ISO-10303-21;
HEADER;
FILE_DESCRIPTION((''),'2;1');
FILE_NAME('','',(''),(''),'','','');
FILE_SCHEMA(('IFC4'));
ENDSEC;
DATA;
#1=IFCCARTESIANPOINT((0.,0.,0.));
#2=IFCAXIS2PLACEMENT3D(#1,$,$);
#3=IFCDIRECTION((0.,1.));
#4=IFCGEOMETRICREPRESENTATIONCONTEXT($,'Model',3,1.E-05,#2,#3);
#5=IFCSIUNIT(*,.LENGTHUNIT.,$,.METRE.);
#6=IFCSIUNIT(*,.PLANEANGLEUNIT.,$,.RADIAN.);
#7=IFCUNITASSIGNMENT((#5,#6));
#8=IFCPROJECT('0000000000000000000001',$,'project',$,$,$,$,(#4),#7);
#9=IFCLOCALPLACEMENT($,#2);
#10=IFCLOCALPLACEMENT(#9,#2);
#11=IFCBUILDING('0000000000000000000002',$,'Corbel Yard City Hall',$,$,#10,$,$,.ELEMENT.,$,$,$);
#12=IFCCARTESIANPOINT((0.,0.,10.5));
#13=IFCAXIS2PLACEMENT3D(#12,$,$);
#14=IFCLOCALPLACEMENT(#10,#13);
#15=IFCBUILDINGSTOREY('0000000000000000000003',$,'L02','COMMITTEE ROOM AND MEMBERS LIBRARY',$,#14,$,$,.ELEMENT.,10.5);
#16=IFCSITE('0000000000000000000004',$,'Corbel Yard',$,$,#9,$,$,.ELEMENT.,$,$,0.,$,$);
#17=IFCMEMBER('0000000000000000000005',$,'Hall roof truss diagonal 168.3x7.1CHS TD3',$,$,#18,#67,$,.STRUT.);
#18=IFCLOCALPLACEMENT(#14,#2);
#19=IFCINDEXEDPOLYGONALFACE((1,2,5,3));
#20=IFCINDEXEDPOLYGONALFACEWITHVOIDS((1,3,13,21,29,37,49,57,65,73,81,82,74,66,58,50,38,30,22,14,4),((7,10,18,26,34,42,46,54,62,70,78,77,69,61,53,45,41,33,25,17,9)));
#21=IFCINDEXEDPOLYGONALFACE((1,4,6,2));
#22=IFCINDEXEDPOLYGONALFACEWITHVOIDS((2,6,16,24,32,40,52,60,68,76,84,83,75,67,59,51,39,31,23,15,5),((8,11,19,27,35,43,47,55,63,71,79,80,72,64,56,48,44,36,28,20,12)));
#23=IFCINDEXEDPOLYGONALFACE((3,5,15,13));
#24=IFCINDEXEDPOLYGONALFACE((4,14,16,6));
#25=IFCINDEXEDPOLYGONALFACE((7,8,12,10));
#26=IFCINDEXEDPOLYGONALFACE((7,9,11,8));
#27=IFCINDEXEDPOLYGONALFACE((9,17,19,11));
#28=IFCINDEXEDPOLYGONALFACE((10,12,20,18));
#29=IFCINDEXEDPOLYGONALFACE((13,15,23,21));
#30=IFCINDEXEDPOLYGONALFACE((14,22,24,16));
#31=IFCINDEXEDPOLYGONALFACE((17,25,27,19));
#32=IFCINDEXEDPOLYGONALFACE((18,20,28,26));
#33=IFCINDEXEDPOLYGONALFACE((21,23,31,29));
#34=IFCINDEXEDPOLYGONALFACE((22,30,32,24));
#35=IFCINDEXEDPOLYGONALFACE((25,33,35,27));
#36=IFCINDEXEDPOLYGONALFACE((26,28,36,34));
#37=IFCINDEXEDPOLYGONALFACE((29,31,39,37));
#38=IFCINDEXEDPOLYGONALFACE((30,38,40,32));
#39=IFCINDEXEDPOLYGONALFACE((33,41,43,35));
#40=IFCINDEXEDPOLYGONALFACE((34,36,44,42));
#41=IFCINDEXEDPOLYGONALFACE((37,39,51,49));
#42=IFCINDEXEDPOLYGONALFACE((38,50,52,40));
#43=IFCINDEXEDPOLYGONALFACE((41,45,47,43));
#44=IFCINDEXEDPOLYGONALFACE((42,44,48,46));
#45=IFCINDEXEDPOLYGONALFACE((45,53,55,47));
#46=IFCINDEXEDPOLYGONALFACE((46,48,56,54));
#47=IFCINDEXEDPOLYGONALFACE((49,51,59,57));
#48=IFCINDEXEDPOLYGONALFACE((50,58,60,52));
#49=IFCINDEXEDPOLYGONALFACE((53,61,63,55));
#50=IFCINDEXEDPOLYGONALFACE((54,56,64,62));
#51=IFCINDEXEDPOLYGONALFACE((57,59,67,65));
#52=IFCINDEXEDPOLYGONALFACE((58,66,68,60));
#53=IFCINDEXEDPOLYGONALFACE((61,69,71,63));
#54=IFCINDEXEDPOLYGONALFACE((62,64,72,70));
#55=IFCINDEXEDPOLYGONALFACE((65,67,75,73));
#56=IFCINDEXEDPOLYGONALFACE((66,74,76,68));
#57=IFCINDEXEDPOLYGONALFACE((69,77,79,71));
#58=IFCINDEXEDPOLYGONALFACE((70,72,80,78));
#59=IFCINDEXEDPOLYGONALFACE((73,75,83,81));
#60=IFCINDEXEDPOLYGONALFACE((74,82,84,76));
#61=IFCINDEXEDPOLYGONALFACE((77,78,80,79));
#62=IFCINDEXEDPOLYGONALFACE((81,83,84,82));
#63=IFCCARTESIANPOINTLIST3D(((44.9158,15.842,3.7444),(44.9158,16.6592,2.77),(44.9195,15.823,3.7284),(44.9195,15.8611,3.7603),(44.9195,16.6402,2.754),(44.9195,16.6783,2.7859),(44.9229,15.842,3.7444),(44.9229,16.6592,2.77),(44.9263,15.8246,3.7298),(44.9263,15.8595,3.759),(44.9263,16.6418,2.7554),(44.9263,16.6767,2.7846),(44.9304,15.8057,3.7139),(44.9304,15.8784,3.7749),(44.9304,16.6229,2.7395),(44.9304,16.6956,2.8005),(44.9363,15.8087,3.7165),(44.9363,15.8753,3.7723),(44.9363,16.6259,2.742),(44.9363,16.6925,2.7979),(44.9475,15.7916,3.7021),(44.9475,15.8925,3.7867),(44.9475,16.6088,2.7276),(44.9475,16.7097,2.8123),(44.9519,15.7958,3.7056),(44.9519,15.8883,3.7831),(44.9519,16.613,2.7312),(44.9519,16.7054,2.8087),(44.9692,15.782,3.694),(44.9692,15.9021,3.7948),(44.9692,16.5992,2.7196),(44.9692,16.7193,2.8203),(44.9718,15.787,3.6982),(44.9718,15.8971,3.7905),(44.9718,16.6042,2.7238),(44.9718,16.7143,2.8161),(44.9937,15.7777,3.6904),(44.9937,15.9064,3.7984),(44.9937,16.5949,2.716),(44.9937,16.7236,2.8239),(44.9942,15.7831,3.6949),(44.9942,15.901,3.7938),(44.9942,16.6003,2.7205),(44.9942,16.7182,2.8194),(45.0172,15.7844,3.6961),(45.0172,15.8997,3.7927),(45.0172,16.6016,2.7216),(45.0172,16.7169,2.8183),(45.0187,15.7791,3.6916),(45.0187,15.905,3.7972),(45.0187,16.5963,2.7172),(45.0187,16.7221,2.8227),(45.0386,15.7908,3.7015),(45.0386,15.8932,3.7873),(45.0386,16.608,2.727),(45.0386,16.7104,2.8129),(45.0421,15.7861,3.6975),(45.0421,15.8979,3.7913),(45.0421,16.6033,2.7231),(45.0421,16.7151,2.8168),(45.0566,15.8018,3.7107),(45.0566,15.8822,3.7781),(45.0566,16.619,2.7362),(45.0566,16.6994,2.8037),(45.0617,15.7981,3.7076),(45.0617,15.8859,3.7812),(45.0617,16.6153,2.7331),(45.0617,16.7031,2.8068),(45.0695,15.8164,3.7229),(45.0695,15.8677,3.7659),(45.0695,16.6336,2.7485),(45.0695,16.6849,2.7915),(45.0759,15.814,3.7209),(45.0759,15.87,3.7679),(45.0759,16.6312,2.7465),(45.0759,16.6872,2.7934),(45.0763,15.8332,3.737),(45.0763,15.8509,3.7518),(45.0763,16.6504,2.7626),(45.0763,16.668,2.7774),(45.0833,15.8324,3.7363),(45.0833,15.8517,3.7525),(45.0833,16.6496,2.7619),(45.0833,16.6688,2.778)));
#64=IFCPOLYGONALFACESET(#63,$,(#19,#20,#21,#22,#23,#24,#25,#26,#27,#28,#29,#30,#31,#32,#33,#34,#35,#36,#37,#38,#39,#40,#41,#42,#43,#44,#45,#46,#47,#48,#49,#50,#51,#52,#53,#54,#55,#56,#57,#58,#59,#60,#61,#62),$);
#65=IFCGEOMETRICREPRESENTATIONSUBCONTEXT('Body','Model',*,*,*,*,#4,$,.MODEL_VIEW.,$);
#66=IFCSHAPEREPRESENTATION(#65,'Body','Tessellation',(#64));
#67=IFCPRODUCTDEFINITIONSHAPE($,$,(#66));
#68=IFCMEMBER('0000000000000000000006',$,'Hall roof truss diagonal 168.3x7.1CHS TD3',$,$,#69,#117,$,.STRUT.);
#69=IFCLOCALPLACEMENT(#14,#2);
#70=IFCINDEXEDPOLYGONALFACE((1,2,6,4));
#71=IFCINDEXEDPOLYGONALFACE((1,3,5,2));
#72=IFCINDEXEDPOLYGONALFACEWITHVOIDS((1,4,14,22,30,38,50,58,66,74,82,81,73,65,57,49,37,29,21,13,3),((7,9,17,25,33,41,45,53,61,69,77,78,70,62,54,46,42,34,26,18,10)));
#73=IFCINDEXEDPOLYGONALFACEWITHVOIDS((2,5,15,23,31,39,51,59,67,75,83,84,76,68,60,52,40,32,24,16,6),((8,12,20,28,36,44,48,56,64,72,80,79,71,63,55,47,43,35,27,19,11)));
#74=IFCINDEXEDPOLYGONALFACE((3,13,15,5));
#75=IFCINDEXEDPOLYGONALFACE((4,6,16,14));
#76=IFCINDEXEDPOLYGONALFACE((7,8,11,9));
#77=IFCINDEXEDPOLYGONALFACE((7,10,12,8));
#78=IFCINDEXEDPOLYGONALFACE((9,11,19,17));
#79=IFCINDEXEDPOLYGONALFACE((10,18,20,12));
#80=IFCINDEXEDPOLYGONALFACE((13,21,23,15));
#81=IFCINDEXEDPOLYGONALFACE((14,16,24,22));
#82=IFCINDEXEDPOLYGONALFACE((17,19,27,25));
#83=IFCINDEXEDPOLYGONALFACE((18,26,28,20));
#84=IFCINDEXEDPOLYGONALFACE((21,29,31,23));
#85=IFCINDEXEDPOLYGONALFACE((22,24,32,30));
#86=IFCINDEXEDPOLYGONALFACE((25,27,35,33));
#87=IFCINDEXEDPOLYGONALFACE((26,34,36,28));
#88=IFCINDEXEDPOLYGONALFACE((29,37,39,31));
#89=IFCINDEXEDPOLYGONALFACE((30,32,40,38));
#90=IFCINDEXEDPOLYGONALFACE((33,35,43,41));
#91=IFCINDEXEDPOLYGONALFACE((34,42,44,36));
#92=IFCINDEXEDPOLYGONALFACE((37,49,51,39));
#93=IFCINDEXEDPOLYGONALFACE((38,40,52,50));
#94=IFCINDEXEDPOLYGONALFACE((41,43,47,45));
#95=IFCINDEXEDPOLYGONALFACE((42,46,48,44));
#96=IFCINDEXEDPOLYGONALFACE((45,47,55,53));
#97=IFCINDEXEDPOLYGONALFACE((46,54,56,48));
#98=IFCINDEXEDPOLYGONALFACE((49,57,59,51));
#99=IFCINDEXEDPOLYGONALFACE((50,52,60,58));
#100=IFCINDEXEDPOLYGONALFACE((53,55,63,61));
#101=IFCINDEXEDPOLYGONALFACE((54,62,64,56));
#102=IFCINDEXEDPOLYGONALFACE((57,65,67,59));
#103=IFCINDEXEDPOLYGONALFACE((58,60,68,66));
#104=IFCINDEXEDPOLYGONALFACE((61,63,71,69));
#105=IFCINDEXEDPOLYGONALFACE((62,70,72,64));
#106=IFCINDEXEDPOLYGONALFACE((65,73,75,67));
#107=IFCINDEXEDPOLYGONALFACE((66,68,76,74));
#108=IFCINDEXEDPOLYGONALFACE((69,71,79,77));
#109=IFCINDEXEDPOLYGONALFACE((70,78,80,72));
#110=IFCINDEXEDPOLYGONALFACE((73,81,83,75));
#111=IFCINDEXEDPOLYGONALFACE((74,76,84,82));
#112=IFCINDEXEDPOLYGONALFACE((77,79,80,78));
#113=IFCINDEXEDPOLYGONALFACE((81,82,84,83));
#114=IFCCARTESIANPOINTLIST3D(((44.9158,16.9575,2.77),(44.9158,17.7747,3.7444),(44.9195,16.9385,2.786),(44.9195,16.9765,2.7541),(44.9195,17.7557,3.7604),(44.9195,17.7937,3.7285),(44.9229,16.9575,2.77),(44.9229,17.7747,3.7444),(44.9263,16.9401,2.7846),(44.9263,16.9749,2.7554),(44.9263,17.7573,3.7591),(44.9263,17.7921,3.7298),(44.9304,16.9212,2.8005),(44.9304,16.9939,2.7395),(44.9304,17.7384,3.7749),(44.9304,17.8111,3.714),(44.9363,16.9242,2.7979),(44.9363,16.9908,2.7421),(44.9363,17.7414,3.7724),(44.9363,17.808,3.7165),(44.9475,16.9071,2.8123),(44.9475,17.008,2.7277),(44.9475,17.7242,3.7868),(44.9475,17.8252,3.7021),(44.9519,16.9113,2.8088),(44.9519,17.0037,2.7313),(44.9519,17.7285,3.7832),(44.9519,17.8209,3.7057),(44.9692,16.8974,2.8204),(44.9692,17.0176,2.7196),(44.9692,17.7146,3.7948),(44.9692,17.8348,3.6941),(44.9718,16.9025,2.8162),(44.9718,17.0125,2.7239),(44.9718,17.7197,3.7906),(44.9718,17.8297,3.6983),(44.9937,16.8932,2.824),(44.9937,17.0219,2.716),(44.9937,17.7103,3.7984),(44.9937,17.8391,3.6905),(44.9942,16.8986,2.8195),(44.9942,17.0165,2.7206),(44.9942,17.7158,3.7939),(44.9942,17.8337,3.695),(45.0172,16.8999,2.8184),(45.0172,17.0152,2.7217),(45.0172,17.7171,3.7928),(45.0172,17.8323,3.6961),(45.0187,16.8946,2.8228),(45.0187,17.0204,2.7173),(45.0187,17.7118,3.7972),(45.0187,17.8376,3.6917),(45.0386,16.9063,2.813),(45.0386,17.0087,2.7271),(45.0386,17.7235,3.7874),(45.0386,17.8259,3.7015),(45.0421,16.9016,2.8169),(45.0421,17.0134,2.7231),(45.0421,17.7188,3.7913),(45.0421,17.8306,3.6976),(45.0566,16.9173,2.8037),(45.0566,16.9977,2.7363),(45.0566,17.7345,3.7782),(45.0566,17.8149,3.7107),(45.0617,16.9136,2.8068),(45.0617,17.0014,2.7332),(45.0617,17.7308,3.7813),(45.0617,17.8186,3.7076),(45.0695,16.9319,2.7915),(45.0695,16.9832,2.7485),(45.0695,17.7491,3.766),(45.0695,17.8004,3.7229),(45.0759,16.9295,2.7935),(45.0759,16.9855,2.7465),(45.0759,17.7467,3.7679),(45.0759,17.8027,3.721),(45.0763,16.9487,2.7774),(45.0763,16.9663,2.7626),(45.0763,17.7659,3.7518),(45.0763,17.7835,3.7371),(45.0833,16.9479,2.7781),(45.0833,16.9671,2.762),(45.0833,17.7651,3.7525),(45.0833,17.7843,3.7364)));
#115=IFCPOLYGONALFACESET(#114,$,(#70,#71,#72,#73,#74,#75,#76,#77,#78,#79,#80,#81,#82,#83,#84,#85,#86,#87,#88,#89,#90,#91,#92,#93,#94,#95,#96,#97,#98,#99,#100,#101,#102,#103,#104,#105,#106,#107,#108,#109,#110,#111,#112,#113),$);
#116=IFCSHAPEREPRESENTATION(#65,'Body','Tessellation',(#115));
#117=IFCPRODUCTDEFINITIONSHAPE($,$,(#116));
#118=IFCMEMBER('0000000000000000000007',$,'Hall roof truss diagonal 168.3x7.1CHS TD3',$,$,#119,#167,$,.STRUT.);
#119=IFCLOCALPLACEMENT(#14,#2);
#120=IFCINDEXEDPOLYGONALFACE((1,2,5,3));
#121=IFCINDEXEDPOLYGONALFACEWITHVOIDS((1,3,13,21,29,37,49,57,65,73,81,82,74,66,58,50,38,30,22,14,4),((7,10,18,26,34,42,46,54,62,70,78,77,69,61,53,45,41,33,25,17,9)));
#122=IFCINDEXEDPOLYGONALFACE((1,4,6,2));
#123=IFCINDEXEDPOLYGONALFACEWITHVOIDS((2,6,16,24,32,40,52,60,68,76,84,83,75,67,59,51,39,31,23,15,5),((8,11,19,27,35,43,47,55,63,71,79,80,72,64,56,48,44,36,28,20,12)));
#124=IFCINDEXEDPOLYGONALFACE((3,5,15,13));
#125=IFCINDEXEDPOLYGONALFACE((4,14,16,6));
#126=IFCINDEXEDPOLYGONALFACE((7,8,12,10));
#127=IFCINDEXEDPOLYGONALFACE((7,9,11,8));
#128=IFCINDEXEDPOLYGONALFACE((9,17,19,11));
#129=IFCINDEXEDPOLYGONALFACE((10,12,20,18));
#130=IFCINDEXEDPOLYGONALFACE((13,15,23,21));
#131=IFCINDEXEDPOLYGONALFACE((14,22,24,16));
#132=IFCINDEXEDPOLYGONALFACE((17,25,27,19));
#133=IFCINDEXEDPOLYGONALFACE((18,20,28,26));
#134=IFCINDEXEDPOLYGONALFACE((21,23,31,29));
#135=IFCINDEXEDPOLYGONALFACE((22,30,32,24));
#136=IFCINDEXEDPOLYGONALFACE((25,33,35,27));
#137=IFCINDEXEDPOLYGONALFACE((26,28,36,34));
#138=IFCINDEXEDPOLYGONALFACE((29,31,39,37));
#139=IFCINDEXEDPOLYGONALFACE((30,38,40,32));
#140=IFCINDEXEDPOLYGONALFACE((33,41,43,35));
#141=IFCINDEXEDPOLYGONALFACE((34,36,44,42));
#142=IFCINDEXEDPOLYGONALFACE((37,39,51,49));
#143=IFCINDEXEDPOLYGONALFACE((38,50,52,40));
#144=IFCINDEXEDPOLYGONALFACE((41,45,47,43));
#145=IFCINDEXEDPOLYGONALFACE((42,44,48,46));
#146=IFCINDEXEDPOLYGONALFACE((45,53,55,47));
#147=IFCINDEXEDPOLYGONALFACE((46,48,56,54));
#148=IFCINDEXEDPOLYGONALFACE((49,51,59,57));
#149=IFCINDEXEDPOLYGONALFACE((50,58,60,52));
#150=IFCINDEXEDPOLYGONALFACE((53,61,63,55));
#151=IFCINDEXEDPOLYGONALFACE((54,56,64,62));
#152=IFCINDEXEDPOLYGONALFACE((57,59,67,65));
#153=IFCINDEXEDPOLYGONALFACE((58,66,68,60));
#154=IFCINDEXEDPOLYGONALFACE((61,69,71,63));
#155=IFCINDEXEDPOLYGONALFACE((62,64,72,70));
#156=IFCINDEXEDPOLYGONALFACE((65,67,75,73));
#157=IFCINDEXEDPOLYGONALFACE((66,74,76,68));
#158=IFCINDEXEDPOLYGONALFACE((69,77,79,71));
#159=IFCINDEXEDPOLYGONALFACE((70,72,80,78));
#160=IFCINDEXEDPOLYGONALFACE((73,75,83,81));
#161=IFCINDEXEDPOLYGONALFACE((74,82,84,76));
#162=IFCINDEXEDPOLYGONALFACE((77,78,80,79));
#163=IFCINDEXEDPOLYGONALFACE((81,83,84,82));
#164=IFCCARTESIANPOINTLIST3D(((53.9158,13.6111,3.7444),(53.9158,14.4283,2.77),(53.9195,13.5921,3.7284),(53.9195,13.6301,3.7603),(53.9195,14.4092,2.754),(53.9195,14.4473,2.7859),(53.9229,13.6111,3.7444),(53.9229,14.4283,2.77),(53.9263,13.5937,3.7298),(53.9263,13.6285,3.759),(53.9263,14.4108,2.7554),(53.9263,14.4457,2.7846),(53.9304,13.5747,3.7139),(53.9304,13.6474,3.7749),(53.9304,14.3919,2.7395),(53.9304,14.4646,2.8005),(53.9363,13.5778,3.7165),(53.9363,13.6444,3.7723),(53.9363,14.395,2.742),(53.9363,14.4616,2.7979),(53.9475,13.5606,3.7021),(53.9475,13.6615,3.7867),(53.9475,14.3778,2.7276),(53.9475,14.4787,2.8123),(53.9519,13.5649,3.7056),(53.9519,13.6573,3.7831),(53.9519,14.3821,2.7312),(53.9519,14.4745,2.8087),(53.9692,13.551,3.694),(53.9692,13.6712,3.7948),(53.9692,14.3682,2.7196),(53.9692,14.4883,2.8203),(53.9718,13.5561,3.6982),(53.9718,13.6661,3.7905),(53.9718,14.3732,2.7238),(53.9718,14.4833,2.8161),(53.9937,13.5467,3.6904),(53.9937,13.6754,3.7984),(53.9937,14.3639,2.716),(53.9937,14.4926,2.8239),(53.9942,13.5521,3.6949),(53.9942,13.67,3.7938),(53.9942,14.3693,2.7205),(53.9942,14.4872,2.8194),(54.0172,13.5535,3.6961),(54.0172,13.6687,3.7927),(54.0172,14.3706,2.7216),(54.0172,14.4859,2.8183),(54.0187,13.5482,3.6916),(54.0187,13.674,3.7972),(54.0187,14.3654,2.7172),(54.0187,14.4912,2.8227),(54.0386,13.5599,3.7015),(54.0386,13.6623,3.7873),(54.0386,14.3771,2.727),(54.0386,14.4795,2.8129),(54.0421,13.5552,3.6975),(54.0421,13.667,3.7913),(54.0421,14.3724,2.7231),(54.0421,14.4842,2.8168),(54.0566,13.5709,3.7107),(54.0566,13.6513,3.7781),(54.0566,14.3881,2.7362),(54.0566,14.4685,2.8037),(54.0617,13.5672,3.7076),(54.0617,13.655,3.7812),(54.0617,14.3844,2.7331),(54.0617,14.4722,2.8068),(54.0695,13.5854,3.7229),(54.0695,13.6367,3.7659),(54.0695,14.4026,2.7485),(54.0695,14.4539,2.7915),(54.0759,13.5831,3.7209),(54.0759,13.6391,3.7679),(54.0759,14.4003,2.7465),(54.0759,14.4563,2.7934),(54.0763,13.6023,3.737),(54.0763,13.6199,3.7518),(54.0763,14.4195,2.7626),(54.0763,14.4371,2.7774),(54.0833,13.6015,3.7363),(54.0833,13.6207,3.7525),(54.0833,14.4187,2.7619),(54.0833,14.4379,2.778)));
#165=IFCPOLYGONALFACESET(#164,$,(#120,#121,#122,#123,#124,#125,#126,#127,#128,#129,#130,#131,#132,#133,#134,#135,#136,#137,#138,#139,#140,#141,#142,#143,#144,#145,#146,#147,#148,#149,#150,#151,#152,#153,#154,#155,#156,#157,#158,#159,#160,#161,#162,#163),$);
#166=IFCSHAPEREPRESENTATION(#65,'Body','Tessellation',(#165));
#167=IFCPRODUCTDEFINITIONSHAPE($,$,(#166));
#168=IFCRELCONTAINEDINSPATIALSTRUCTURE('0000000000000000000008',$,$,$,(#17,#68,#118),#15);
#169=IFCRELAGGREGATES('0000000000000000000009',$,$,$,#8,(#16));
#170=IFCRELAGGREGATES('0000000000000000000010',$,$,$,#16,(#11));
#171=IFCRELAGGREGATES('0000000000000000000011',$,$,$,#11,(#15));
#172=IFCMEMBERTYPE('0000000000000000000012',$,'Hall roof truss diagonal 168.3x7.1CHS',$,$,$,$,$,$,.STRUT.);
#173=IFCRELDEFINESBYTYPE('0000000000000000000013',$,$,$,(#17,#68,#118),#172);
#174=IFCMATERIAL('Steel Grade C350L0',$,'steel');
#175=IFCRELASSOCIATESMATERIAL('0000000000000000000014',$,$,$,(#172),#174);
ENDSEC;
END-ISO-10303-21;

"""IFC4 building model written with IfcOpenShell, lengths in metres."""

from ifc_helpers import new_model, si_unit, direction, frame, origin, origin_2d, place, context, subcontext, project, spatial, hollow_circle, extrude, material, material_profile, profile_set, type_object, element, save


model = new_model("IFC4")

# Units and contexts
model_context = context("Model", 3, precision=1e-05, world=origin(), true_north=direction((0.0, 1.0)))
body_context = subcontext(model_context, "Body", "Model", "MODEL_VIEW")
ifc_project = project(units=[si_unit("LENGTHUNIT", "METRE"), si_unit("PLANEANGLEUNIT", "RADIAN")], contexts=[model_context])

# Site, building, storey
site_placement = place(None, origin())
site = spatial("IfcSite", under=ifc_project, at=site_placement, Name="Corbel Yard", CompositionType="ELEMENT", RefElevation=0.0)
building_placement = place(site_placement, origin())
building = spatial("IfcBuilding", under=site, at=building_placement, Name="Corbel Yard City Hall", CompositionType="ELEMENT")
storey_placement = place(building_placement, frame((0.0, 0.0, 10.5)))
storey = spatial("IfcBuildingStorey", under=building, at=storey_placement, Name="L02", Description="COMMITTEE ROOM AND MEMBERS LIBRARY", CompositionType="ELEMENT", Elevation=10.5)

# Members
ifc_material_1 = material(Name="Steel Grade C350L0", Category="steel")
ifc_material_profile_1 = material_profile(ifc_material_1, hollow_circle(Radius=0.0842, WallThickness=0.0071, at=origin_2d()), Name="168.3x7.1CHS")
ifc_profile_set_1 = profile_set([ifc_material_profile_1], Name="Steel Grade C350L0")
member_type_1 = type_object("IfcMemberType", Name="Hall roof truss diagonal 168.3x7.1CHS", PredefinedType="STRUT", material=ifc_profile_set_1)
for number, where, z_axis, x_axis, name in (
    (1, (45.0, 15.842, 3.7444), (0.0, 0.64258, -0.766219), (-1.0, 0.0, 0.0), "Hall roof truss diagonal 168.3x7.1CHS TD3"),
    (2, (45.0, 16.9575, 2.77), (0.0, 0.64258, 0.766219), (-1.0, 0.0, 0.0), "Hall roof truss diagonal 168.3x7.1CHS TD3"),
    (3, (54.0, 13.6111, 3.7444), (0.0, 0.64258, -0.766219), (-1.0, 0.0, 0.0), "Hall roof truss diagonal 168.3x7.1CHS TD3"),
):
    element("IfcMember", number, at=place(storey_placement, frame(where, z_axis=z_axis, x_axis=x_axis)), inside=storey, type_object=member_type_1, Name=name, PredefinedType="STRUT", context=body_context, shape_type="SweptSolid", body=[
        extrude(hollow_circle(Radius=0.0842, WallThickness=0.0071, at=origin_2d()), origin(), (0.0, 0.0, 1.0), 1.2717),
    ])

save(model, "model.ifc")
